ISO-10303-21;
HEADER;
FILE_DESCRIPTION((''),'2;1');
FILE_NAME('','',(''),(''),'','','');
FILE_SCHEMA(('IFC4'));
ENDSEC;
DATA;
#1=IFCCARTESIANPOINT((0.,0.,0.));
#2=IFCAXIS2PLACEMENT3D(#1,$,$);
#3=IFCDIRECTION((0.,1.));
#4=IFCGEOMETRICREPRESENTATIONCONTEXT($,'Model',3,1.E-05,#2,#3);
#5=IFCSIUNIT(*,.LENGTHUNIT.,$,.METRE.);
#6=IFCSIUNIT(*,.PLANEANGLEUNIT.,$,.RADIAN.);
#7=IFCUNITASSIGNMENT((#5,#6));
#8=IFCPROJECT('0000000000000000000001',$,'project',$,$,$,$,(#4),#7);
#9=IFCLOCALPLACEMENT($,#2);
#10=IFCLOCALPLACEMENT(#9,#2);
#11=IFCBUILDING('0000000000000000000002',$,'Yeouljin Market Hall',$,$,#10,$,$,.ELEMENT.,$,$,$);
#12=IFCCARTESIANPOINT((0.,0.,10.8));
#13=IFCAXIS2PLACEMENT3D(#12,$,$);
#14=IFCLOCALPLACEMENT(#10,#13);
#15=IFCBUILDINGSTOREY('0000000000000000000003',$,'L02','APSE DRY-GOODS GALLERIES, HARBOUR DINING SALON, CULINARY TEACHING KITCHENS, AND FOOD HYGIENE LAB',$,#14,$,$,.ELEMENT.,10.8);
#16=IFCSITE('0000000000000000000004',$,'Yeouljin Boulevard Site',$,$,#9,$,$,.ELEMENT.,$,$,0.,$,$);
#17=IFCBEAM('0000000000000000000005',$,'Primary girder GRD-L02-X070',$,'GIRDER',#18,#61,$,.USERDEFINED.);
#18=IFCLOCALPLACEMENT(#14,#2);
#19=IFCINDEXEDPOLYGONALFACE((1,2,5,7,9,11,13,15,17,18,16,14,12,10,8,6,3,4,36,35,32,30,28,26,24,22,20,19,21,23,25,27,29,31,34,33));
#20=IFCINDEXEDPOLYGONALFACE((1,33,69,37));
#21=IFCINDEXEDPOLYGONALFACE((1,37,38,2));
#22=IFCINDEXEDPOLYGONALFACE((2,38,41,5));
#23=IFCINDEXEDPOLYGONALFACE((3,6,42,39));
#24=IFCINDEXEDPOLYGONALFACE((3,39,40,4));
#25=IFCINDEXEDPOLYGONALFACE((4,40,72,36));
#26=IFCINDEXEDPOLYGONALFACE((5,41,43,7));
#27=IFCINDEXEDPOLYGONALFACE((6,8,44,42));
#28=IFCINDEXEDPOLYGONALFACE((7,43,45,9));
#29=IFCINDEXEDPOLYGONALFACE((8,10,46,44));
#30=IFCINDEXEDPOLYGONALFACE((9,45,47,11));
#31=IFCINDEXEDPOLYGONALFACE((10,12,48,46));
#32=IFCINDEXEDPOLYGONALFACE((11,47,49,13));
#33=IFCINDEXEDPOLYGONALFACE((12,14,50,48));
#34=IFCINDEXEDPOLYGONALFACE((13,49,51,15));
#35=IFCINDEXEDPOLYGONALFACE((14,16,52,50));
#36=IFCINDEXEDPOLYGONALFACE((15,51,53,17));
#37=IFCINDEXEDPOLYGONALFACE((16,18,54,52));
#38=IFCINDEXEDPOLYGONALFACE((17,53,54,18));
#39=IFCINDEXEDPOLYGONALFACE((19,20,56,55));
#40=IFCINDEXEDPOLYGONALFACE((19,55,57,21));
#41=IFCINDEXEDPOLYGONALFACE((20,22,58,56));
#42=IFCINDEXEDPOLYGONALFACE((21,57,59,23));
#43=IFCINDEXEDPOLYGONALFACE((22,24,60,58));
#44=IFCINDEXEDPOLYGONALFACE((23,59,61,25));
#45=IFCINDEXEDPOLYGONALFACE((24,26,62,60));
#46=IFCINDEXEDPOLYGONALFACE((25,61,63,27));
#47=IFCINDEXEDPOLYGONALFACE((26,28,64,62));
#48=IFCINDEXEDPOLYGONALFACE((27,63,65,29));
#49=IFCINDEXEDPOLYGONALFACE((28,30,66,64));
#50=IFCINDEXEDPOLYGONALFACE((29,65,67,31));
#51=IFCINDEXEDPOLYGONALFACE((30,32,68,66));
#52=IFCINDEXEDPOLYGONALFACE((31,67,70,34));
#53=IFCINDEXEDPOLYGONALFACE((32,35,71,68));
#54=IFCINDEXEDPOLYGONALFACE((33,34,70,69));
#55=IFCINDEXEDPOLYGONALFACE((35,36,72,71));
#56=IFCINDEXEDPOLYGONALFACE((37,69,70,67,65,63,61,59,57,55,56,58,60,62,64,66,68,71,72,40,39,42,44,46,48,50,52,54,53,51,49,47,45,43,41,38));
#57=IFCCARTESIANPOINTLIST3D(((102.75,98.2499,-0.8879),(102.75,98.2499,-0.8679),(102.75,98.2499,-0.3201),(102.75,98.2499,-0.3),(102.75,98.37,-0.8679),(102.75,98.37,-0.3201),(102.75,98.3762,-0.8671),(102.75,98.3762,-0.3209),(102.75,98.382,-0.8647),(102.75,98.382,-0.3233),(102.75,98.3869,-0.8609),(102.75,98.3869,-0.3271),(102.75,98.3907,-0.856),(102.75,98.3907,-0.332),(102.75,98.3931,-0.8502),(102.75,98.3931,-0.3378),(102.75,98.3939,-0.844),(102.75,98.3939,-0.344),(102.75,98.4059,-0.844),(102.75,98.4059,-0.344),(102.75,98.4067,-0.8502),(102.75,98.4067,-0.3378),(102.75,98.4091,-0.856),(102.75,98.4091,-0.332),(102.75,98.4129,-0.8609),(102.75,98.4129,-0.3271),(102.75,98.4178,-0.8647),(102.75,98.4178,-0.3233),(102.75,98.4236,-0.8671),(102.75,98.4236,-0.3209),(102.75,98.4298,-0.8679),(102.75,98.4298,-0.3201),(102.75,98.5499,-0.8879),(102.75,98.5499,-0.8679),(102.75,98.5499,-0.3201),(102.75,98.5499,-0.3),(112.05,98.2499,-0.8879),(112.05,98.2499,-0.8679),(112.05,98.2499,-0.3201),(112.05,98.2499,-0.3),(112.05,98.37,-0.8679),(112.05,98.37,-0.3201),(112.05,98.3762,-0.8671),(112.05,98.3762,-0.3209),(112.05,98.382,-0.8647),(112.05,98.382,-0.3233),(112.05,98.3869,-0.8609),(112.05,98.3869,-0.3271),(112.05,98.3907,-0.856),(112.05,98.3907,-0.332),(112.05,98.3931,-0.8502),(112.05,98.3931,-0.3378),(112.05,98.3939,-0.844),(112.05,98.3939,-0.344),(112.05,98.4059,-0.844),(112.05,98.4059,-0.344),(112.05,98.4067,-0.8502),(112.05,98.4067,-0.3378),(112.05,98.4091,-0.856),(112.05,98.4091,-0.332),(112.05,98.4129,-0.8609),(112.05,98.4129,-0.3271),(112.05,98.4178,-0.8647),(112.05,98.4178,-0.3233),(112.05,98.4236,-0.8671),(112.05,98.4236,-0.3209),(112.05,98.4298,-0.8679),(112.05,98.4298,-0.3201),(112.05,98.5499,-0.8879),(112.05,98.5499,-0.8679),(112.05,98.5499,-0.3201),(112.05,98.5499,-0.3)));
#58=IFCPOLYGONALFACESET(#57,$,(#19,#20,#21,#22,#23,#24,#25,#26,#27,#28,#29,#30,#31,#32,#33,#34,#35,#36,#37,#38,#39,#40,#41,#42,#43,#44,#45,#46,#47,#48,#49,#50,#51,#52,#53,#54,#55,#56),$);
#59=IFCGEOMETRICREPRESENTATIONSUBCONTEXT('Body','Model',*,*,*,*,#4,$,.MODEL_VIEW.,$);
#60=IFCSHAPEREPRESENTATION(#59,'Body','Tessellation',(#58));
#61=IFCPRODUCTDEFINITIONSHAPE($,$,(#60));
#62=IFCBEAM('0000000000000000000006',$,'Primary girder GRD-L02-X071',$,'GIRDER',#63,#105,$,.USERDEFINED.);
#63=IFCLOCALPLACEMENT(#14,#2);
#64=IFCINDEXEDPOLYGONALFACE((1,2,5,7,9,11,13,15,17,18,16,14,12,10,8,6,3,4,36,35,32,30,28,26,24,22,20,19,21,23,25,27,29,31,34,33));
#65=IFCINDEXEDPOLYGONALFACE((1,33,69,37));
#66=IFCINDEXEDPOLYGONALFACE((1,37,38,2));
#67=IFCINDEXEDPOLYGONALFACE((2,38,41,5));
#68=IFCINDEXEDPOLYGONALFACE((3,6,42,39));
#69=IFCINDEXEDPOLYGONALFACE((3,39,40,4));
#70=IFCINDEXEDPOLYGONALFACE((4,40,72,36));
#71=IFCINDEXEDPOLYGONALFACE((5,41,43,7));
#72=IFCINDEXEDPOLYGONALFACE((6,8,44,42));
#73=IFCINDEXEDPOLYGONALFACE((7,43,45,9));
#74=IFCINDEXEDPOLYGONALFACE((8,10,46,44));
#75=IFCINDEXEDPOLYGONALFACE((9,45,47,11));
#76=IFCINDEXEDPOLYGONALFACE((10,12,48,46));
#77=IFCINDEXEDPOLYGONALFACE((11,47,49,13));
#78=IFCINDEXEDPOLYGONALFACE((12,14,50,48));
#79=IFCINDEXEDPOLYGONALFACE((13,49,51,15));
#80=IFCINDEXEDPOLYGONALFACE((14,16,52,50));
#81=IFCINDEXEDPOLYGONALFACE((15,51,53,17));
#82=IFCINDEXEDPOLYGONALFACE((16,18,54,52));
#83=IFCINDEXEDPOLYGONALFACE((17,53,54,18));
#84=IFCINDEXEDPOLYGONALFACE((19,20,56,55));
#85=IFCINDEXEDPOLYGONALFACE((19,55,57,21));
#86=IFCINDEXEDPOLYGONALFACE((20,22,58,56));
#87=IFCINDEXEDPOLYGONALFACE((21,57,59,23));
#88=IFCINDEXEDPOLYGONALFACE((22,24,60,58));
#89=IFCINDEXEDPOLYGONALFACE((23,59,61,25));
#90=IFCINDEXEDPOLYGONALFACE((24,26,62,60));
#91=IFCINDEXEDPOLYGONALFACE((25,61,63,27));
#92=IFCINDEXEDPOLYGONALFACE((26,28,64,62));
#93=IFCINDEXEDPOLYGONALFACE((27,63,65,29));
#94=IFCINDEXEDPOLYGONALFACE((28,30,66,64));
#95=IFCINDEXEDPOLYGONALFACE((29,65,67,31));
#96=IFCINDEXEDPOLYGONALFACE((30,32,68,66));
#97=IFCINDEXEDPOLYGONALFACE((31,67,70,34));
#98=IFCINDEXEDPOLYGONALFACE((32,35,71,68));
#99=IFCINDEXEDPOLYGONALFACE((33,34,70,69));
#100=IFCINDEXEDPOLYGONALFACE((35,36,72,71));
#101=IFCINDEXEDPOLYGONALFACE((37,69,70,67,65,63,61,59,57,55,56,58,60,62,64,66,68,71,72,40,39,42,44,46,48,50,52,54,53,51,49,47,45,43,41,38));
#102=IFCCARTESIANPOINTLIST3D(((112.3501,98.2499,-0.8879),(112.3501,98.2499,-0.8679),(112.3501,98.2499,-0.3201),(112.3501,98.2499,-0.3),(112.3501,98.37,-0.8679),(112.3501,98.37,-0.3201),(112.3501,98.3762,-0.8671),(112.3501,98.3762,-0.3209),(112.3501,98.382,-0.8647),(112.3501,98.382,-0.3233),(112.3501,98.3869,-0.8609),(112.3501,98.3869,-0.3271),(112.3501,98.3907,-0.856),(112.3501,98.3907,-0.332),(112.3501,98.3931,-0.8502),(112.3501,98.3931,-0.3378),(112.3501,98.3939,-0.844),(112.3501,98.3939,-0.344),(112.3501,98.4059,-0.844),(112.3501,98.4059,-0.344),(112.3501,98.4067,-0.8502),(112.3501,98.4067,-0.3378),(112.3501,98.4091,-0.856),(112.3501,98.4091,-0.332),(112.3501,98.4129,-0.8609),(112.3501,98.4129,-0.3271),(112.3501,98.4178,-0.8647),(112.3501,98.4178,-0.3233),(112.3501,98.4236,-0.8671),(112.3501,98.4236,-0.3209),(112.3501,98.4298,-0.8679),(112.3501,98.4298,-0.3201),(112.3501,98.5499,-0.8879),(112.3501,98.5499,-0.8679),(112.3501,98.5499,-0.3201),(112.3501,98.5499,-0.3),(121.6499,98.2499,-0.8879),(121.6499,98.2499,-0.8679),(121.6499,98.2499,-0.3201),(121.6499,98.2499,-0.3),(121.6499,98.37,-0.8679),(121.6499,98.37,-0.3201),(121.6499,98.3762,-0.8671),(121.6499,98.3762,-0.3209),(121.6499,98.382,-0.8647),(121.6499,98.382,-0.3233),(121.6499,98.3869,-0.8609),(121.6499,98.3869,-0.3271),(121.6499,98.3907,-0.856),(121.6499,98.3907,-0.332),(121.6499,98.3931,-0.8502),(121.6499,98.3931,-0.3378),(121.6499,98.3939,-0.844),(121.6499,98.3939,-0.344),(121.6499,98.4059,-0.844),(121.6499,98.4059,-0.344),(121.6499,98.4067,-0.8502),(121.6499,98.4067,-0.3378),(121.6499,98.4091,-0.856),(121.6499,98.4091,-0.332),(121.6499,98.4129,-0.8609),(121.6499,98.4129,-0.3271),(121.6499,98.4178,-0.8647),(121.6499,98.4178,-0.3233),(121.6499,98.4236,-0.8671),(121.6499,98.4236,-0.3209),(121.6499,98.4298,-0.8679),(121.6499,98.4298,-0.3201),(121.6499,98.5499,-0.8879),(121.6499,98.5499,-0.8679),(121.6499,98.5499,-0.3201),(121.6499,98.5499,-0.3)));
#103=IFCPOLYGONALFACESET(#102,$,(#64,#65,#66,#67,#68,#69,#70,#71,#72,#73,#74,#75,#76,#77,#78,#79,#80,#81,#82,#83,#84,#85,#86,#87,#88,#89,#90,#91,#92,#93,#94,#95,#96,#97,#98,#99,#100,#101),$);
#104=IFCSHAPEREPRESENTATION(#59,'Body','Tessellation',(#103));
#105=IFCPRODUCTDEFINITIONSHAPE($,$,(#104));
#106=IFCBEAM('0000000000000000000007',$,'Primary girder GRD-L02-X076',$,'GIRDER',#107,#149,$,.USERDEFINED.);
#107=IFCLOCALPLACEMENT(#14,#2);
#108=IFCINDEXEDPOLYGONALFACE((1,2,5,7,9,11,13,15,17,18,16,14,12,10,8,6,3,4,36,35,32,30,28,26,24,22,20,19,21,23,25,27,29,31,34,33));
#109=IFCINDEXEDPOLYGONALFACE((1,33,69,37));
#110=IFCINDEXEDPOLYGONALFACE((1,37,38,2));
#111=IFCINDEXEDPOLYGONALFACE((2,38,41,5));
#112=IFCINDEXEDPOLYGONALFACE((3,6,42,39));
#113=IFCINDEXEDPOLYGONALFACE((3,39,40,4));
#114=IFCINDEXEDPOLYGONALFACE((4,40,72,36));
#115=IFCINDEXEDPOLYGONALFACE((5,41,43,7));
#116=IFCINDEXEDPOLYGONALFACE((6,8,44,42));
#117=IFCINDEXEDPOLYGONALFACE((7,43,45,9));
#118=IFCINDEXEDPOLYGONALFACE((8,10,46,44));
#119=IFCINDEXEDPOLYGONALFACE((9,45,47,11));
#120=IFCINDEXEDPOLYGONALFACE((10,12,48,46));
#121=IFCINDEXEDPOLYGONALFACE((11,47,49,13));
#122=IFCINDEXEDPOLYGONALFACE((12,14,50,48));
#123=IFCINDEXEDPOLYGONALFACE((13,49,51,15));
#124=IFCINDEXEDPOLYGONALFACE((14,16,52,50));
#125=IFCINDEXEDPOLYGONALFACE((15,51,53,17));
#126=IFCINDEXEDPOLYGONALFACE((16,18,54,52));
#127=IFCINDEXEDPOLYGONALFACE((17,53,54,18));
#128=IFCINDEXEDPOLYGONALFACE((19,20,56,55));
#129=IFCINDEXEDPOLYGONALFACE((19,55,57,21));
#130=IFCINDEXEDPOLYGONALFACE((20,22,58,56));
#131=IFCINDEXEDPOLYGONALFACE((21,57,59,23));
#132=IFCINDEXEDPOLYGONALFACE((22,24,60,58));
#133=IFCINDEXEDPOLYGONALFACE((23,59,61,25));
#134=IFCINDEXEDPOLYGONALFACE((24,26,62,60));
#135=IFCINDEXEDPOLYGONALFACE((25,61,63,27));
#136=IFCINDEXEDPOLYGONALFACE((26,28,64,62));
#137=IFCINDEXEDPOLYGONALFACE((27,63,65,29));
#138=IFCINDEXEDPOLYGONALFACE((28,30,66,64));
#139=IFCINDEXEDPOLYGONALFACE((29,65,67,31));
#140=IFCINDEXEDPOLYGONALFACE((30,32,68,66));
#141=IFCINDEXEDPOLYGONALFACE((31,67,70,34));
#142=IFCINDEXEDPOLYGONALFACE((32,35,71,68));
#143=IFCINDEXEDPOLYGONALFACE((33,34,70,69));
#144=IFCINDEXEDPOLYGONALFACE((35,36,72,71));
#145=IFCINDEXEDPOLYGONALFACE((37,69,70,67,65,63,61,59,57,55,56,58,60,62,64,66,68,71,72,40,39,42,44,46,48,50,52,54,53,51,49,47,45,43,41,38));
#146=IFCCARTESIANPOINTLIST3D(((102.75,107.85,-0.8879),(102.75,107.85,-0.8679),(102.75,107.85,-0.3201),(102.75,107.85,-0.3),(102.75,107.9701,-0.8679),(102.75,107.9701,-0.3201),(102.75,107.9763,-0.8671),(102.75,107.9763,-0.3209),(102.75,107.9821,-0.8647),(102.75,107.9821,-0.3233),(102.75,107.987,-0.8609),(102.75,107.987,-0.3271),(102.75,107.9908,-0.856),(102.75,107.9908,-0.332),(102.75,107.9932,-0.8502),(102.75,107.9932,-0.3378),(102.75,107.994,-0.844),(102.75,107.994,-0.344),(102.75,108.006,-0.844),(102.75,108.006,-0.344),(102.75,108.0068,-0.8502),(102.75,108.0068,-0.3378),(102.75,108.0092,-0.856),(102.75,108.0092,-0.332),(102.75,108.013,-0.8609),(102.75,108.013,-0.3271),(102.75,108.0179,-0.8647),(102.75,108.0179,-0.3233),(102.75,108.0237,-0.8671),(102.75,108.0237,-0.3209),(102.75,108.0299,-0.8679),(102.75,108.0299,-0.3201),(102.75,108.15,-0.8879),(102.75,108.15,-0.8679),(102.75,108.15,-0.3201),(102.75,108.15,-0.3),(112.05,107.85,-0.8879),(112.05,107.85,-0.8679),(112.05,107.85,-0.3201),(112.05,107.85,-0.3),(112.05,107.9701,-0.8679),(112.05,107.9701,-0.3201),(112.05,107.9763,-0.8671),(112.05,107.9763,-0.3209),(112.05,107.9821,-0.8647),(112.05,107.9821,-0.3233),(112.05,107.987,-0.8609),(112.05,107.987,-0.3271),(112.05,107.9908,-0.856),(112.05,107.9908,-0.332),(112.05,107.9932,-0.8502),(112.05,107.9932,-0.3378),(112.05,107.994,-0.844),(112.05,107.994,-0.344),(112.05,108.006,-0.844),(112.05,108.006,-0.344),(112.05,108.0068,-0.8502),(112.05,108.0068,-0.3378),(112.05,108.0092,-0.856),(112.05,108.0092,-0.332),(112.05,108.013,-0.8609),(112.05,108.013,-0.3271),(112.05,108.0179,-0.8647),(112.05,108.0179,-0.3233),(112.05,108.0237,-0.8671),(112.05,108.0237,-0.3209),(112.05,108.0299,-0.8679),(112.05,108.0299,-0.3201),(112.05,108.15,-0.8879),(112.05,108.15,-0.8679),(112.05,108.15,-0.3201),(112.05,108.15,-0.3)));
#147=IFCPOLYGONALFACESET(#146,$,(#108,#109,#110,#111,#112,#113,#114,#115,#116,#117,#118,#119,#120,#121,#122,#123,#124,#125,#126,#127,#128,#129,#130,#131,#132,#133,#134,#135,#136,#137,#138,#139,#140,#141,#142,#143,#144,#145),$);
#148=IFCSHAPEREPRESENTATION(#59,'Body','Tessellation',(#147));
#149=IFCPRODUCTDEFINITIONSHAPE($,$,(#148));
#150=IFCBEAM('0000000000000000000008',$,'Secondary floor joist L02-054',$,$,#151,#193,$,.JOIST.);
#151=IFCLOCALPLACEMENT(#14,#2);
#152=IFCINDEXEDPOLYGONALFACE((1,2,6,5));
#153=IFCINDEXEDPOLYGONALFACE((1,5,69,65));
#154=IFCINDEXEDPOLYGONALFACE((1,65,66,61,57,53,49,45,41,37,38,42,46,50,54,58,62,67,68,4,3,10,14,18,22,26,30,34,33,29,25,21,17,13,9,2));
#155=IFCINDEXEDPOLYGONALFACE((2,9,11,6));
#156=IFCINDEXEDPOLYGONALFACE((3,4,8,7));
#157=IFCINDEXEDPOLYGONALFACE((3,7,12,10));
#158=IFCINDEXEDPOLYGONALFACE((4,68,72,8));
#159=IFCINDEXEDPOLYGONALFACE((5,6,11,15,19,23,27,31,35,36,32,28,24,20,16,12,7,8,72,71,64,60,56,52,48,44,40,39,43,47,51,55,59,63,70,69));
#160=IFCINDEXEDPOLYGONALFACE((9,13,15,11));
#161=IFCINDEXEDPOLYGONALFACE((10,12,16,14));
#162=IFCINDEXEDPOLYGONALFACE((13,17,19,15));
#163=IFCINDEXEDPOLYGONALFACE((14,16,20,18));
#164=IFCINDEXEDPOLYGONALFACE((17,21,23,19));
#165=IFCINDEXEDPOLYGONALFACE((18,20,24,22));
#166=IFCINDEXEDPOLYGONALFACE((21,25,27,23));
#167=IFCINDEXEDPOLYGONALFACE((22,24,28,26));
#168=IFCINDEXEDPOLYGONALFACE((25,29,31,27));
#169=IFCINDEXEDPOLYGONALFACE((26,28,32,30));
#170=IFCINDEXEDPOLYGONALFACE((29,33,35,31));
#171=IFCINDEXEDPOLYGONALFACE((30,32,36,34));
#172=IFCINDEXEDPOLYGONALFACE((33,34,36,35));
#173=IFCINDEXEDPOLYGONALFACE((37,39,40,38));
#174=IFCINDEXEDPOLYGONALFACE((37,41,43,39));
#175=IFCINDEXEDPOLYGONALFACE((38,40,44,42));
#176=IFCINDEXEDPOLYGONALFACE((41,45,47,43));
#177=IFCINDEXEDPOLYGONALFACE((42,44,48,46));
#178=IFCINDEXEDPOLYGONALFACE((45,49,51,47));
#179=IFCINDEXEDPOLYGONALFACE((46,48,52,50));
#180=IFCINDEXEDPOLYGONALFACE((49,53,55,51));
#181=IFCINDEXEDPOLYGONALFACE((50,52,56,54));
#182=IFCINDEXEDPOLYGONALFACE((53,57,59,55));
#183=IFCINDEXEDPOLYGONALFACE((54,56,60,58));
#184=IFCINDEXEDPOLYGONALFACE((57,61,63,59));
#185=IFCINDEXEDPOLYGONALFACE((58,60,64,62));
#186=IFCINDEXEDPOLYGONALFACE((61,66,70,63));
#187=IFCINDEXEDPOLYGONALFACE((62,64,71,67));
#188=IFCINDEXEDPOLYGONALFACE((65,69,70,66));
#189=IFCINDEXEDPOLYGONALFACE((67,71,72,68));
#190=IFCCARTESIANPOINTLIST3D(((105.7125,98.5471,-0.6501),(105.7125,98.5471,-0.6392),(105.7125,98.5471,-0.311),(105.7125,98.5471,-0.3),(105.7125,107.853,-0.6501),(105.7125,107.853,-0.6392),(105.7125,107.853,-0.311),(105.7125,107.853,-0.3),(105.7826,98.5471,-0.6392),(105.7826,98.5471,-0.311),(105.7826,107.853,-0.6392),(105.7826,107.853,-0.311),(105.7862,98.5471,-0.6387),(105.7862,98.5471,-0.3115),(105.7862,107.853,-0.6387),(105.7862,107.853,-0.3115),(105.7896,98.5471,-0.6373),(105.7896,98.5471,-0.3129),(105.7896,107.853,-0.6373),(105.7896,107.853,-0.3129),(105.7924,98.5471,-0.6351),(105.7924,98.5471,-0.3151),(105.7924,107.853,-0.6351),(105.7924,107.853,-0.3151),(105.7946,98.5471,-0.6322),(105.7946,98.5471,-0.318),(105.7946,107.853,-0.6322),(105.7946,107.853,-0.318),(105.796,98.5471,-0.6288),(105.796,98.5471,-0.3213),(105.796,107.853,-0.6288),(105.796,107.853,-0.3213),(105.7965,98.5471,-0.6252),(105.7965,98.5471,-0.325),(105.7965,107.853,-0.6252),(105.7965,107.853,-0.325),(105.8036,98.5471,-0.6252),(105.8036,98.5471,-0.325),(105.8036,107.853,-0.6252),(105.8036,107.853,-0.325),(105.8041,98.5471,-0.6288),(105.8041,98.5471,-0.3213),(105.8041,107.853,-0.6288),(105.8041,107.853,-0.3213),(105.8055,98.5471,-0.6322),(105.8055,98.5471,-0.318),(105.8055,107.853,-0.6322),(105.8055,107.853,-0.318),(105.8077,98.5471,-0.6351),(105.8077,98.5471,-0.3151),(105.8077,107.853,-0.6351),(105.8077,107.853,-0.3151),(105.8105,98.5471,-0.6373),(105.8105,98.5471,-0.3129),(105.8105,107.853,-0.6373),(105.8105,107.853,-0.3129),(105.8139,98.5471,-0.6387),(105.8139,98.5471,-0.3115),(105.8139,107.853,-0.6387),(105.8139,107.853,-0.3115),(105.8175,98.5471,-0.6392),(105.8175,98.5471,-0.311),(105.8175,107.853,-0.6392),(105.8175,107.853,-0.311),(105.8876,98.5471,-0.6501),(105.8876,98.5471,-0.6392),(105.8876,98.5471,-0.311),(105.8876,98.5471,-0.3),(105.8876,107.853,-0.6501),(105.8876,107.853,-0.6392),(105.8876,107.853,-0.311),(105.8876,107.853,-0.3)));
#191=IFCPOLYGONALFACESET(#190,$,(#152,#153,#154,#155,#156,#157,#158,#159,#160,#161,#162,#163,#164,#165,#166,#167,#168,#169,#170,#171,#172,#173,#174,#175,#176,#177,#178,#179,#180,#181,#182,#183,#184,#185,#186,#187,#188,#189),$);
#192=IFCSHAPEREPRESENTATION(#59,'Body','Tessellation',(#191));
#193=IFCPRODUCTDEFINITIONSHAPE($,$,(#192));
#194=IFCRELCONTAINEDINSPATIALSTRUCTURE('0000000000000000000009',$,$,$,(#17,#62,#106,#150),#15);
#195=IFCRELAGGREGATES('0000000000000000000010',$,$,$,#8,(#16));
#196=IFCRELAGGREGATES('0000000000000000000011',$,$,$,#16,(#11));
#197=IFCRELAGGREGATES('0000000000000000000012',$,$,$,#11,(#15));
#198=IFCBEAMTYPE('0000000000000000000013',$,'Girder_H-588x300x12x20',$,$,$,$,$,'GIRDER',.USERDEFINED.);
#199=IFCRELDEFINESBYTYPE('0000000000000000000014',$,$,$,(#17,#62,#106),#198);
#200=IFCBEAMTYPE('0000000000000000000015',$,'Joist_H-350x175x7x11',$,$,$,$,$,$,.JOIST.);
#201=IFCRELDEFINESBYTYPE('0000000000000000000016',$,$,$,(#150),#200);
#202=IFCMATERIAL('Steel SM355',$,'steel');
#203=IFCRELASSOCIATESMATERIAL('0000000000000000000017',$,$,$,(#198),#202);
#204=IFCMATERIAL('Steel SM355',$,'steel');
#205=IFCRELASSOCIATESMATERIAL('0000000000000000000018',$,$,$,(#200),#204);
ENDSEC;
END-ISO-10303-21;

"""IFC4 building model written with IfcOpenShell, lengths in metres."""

from ifc_helpers import new_model, si_unit, direction, frame, origin, origin_2d, place, context, subcontext, project, spatial, i_section, extrude, material, material_profile, profile_set, type_object, element, save


model = new_model("IFC4")

# Units and contexts
model_context = context("Model", 3, precision=1e-05, world=origin(), true_north=direction((0.0, 1.0)))
body_context = subcontext(model_context, "Body", "Model", "MODEL_VIEW")
ifc_project = project(units=[si_unit("LENGTHUNIT", "METRE"), si_unit("PLANEANGLEUNIT", "RADIAN")], contexts=[model_context])

# Site, building, storey
site_placement = place(None, origin())
site = spatial("IfcSite", under=ifc_project, at=site_placement, Name="Yeouljin Boulevard Site", CompositionType="ELEMENT", RefElevation=0.0)
building_placement = place(site_placement, origin())
building = spatial("IfcBuilding", under=site, at=building_placement, Name="Yeouljin Market Hall", CompositionType="ELEMENT")
storey_placement = place(building_placement, frame((0.0, 0.0, 10.8)))
storey = spatial("IfcBuildingStorey", under=building, at=storey_placement, Name="L02", Description="APSE DRY-GOODS GALLERIES, HARBOUR DINING SALON, CULINARY TEACHING KITCHENS, AND FOOD HYGIENE LAB", CompositionType="ELEMENT", Elevation=10.8)

# Beams
ifc_material_1 = material(Name="Steel SM355", Category="steel")
ifc_material_profile_1 = material_profile(ifc_material_1, i_section(OverallWidth=0.3, OverallDepth=0.5879, WebThickness=0.012, FlangeThickness=0.02, FilletRadius=0.0239, at=origin_2d()), Name="H-588x300x12x20")
ifc_profile_set_1 = profile_set([ifc_material_profile_1], Name="Steel SM355")
beam_type_1 = type_object("IfcBeamType", Name="Girder_H-588x300x12x20", ElementType="GIRDER", PredefinedType="USERDEFINED", material=ifc_profile_set_1)
beam_1_placement = place(storey_placement, frame((102.75, 98.3999, -0.594), z_axis=(1.0, 0.0, 0.0), x_axis=(0.0, 1.0, 0.0)))
element("IfcBeam", 1, at=beam_1_placement, inside=storey, type_object=beam_type_1, Name="Primary girder GRD-L02-X070", ObjectType="GIRDER", PredefinedType="USERDEFINED", context=body_context, shape_type="SweptSolid", body=[
    extrude(i_section(OverallWidth=0.3, OverallDepth=0.5879, WebThickness=0.012, FlangeThickness=0.02, FilletRadius=0.0239, at=origin_2d()), origin(), (0.0, 0.0, 1.0), 9.3),
])
beam_2_placement = place(storey_placement, frame((112.3501, 98.3999, -0.594), z_axis=(1.0, 0.0, 0.0), x_axis=(0.0, 1.0, 0.0)))
element("IfcBeam", 2, at=beam_2_placement, inside=storey, type_object=beam_type_1, Name="Primary girder GRD-L02-X071", ObjectType="GIRDER", PredefinedType="USERDEFINED", context=body_context, shape_type="SweptSolid", body=[
    extrude(i_section(OverallWidth=0.3, OverallDepth=0.5879, WebThickness=0.012, FlangeThickness=0.02, FilletRadius=0.0239, at=origin_2d()), origin(), (0.0, 0.0, 1.0), 9.2998),
])
beam_3_placement = place(storey_placement, frame((102.75, 108.0, -0.594), z_axis=(1.0, 0.0, 0.0), x_axis=(0.0, 1.0, 0.0)))
element("IfcBeam", 3, at=beam_3_placement, inside=storey, type_object=beam_type_1, Name="Primary girder GRD-L02-X076", ObjectType="GIRDER", PredefinedType="USERDEFINED", context=body_context, shape_type="SweptSolid", body=[
    extrude(i_section(OverallWidth=0.3, OverallDepth=0.5879, WebThickness=0.012, FlangeThickness=0.02, FilletRadius=0.0239, at=origin_2d()), origin(), (0.0, 0.0, 1.0), 9.3),
])
ifc_material_2 = material(Name="Steel SM355", Category="steel")
ifc_material_profile_2 = material_profile(ifc_material_2, i_section(OverallWidth=0.175, OverallDepth=0.3501, WebThickness=0.0071, FlangeThickness=0.011, FilletRadius=0.0139, at=origin_2d()), Name="H-350x175x7x11")
ifc_profile_set_2 = profile_set([ifc_material_profile_2], Name="Steel SM355")
beam_type_2 = type_object("IfcBeamType", Name="Joist_H-350x175x7x11", PredefinedType="JOIST", material=ifc_profile_set_2)
for number, where, z_axis, x_axis, name in (
    (4, (105.8, 98.5471, -0.4751), (0.0, 1.0, 0.0), (-1.0, 0.0, 0.0), "Secondary floor joist L02-054"),
):
    element("IfcBeam", number, at=place(storey_placement, frame(where, z_axis=z_axis, x_axis=x_axis)), inside=storey, type_object=beam_type_2, Name=name, PredefinedType="JOIST", context=body_context, shape_type="SweptSolid", body=[
        extrude(i_section(OverallWidth=0.175, OverallDepth=0.3501, WebThickness=0.0071, FlangeThickness=0.011, FilletRadius=0.0139, at=origin_2d()), origin(), (0.0, 0.0, 1.0), 9.3059),
    ])

save(model, "model.ifc")
